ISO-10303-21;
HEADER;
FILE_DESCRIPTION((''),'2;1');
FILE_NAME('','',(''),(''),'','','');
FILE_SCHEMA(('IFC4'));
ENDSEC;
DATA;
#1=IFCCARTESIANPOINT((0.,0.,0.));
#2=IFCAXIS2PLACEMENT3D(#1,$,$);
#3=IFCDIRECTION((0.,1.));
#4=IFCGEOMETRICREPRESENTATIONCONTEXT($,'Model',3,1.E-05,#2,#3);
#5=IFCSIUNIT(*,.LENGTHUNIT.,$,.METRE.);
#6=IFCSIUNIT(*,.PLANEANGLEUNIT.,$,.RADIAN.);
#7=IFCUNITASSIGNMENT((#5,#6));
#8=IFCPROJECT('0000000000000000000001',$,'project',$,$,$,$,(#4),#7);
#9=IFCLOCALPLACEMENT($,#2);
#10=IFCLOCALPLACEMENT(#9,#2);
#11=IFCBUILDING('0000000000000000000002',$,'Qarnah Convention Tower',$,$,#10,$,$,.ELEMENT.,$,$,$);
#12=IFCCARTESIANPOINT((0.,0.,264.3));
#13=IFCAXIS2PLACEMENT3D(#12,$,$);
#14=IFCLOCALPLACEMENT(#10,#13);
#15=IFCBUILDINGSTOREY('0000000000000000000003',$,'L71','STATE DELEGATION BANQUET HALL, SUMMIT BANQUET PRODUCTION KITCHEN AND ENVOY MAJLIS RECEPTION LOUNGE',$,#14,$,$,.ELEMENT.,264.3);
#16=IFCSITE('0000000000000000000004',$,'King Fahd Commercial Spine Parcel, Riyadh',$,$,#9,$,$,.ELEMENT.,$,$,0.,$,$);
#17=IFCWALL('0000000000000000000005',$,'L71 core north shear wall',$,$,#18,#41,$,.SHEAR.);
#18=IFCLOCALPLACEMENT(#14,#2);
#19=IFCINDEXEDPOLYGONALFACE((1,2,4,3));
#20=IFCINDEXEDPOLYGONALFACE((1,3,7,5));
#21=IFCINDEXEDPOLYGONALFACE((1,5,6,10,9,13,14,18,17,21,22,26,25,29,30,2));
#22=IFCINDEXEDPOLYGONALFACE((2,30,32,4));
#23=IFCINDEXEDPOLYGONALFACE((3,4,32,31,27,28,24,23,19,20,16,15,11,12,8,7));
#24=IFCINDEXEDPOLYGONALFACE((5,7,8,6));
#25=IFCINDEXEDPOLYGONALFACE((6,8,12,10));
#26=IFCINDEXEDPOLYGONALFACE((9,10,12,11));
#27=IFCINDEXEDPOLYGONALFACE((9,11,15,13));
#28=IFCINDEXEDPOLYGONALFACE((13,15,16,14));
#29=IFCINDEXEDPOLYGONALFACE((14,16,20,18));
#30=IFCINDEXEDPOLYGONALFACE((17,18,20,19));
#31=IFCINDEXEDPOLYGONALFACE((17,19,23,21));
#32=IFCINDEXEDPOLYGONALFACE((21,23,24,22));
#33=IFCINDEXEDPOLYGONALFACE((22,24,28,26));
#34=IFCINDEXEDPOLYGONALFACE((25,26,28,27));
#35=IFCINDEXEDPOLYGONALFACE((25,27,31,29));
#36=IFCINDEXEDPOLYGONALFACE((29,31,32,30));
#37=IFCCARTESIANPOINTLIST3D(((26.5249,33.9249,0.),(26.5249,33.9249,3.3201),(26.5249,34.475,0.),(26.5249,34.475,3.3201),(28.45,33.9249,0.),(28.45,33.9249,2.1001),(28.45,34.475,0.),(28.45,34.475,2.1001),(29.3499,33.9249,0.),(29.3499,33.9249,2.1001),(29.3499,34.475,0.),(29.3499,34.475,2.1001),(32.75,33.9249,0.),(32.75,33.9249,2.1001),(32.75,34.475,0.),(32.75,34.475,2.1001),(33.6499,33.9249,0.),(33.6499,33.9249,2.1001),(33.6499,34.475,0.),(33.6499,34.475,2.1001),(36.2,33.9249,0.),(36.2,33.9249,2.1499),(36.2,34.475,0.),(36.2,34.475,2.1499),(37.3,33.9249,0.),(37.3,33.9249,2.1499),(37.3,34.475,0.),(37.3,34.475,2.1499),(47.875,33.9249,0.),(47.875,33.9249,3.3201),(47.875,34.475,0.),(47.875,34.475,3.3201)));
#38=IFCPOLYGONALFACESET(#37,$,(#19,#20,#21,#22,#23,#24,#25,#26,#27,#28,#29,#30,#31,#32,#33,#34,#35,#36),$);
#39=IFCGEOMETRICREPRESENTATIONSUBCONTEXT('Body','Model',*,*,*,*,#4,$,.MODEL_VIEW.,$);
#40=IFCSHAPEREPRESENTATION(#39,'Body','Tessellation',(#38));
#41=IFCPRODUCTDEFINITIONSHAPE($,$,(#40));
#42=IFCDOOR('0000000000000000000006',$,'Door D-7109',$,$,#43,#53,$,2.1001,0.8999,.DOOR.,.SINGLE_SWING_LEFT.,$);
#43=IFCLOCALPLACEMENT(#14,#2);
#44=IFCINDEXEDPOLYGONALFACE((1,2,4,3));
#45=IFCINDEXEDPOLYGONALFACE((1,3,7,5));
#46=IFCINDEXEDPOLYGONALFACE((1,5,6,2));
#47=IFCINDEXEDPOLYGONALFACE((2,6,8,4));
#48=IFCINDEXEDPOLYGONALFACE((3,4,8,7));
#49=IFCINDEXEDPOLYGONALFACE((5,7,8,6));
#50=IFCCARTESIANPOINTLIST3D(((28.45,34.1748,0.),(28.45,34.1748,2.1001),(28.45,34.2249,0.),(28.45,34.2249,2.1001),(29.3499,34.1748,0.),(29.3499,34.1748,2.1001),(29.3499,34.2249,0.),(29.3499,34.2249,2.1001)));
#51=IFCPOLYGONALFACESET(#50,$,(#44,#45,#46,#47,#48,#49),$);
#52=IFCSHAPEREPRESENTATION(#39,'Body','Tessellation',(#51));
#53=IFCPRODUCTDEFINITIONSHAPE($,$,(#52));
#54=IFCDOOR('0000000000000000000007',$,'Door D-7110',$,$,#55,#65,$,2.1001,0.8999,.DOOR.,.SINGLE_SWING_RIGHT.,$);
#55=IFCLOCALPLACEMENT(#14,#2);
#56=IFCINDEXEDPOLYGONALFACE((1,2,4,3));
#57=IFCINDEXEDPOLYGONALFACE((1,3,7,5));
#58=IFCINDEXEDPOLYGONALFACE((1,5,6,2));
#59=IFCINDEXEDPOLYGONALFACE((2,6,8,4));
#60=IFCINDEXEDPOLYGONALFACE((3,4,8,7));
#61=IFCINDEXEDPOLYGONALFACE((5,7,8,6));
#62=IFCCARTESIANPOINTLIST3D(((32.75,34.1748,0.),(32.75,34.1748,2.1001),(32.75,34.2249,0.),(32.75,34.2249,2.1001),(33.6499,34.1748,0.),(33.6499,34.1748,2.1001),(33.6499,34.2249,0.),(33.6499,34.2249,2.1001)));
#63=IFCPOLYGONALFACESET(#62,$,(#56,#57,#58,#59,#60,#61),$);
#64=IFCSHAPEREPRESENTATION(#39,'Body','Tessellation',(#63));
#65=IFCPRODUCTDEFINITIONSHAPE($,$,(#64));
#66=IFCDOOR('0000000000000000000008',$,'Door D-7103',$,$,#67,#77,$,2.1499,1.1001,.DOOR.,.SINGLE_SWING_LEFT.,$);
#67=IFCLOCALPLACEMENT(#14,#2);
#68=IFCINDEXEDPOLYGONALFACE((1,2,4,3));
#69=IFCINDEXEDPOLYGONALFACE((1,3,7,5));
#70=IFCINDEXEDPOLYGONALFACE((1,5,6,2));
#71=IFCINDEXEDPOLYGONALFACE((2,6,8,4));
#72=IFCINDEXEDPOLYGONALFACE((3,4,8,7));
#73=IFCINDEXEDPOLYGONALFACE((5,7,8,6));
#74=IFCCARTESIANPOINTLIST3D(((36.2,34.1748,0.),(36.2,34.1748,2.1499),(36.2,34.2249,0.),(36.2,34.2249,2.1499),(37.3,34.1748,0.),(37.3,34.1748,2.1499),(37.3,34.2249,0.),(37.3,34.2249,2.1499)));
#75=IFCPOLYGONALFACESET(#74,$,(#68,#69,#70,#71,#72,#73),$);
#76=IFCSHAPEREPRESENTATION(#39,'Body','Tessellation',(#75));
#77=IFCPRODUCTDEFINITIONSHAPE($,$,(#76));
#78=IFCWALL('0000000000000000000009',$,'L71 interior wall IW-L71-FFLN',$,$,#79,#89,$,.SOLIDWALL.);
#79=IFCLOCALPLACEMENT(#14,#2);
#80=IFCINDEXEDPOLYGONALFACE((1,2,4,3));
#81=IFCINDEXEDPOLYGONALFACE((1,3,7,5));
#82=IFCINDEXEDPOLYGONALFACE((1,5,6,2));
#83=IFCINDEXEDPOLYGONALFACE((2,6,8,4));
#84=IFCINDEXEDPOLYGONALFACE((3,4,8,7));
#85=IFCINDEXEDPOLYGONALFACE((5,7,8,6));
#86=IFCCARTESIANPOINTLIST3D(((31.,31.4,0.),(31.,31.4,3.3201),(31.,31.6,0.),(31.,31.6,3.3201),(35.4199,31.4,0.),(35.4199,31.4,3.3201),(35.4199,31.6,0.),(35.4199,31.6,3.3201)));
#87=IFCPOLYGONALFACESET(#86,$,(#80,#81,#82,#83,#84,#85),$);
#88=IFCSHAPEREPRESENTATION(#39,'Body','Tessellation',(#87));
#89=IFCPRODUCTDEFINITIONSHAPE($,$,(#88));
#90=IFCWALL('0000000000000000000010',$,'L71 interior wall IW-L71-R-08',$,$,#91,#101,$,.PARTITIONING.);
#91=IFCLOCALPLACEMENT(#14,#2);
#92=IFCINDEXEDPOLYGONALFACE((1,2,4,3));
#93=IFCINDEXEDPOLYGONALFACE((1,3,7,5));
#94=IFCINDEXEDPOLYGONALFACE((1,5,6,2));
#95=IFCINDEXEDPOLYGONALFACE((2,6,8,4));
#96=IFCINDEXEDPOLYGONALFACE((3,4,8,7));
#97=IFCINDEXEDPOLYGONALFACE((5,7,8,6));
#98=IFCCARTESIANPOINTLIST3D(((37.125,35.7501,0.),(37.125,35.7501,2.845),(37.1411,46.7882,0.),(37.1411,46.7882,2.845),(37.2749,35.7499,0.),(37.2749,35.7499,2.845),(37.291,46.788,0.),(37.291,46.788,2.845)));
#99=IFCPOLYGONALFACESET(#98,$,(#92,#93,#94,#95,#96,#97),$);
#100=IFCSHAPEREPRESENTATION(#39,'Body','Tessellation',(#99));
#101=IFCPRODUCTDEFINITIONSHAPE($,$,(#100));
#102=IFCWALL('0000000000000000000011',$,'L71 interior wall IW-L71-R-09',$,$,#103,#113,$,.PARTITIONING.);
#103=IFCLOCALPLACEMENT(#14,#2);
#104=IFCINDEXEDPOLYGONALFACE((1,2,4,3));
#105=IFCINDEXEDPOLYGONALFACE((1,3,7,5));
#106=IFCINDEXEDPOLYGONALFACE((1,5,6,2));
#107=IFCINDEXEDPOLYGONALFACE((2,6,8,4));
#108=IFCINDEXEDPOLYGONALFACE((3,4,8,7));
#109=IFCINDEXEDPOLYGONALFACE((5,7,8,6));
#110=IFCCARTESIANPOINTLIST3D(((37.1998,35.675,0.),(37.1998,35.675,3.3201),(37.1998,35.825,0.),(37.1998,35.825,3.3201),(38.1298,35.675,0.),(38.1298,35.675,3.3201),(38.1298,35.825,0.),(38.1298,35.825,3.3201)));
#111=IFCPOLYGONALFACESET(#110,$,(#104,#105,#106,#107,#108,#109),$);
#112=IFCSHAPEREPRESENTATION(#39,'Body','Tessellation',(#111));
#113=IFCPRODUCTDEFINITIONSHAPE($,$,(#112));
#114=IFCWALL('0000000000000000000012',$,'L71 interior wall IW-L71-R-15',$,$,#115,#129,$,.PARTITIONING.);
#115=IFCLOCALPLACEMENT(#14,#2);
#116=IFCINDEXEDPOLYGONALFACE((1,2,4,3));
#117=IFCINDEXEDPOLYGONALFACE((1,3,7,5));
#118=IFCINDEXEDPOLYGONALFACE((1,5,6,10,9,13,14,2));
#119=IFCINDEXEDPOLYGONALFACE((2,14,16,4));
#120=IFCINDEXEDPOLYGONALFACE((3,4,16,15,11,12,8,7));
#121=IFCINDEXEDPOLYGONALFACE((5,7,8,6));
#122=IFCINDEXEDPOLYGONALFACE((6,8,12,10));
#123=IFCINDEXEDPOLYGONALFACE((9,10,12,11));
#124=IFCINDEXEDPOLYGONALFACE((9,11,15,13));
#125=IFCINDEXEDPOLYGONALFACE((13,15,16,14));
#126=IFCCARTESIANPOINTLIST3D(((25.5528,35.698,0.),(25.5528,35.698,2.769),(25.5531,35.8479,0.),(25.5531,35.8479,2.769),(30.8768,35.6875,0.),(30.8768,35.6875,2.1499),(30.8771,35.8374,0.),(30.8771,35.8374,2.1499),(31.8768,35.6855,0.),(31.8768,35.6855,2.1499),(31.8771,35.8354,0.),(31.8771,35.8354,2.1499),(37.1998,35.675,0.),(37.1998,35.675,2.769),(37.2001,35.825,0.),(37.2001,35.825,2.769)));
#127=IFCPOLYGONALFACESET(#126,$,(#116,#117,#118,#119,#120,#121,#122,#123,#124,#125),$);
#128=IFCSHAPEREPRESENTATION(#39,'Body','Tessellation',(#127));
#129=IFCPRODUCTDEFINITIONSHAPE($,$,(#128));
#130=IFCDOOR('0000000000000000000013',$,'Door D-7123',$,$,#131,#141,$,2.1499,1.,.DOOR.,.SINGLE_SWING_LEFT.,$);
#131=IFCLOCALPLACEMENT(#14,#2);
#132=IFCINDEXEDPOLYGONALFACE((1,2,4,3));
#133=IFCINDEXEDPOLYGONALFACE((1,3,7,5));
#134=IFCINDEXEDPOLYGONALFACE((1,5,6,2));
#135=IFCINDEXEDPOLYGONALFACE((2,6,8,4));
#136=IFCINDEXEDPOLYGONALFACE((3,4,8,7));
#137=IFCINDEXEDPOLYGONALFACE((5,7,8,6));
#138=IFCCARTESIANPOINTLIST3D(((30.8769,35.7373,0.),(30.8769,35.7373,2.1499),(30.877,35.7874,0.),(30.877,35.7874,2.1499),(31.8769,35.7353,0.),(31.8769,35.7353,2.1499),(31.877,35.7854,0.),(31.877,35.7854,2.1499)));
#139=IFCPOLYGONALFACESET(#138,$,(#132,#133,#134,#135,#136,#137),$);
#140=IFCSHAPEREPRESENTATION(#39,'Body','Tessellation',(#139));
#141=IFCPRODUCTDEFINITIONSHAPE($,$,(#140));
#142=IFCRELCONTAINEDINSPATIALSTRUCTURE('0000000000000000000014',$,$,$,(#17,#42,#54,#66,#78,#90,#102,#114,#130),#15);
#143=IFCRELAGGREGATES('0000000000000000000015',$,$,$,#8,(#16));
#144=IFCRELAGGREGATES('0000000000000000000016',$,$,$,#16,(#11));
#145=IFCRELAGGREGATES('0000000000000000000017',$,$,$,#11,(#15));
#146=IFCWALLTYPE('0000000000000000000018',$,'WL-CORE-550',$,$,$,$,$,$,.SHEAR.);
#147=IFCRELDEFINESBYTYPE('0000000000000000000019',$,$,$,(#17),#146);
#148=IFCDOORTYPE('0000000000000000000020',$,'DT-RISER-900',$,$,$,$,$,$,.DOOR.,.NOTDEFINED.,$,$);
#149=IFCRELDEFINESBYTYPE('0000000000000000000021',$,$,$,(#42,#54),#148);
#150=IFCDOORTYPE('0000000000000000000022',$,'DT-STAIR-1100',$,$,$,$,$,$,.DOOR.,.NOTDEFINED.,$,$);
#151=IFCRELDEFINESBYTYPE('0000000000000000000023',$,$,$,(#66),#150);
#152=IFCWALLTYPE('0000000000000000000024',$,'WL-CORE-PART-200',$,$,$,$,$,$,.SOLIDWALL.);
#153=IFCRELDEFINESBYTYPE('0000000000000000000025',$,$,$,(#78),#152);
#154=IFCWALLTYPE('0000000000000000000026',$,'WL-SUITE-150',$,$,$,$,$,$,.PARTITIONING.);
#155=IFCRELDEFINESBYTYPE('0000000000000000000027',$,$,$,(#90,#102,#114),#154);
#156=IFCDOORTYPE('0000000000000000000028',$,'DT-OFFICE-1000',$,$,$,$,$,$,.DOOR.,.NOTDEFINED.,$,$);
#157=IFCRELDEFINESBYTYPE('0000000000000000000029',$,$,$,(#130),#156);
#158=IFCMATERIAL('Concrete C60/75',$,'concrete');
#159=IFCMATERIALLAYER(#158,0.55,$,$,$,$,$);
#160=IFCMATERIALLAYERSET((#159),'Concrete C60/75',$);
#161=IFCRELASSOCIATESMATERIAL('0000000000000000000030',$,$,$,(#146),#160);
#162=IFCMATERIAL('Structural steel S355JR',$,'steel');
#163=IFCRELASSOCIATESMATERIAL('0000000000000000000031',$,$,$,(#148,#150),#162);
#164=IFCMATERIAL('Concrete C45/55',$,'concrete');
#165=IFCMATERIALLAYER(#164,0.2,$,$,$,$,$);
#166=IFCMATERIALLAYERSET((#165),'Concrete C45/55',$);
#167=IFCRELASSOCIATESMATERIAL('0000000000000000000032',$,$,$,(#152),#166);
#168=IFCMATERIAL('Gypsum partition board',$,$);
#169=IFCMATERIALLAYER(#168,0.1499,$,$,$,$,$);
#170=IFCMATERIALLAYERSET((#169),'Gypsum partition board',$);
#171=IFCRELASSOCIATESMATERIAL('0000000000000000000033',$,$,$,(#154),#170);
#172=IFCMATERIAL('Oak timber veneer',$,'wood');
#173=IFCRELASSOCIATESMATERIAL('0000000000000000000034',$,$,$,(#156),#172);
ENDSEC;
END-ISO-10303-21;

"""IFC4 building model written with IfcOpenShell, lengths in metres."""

from ifc_helpers import new_model, si_unit, direction, frame, frame_2d, origin, place, context, subcontext, project, spatial, rectangle, extrude, material, layer, layer_set, type_object, element, fill, save


model = new_model("IFC4")

# Units and contexts
model_context = context("Model", 3, precision=1e-05, world=origin(), true_north=direction((0.0, 1.0)))
body_context = subcontext(model_context, "Body", "Model", "MODEL_VIEW")
ifc_project = project(units=[si_unit("LENGTHUNIT", "METRE"), si_unit("PLANEANGLEUNIT", "RADIAN")], contexts=[model_context])

# Site, building, storey
site_placement = place(None, origin())
site = spatial("IfcSite", under=ifc_project, at=site_placement, Name="King Fahd Commercial Spine Parcel, Riyadh", CompositionType="ELEMENT", RefElevation=0.0)
building_placement = place(site_placement, origin())
building = spatial("IfcBuilding", under=site, at=building_placement, Name="Qarnah Convention Tower", CompositionType="ELEMENT")
storey_placement = place(building_placement, frame((0.0, 0.0, 264.3)))
storey = spatial("IfcBuildingStorey", under=building, at=storey_placement, Name="L71", Description="STATE DELEGATION BANQUET HALL, SUMMIT BANQUET PRODUCTION KITCHEN AND ENVOY MAJLIS RECEPTION LOUNGE", CompositionType="ELEMENT", Elevation=264.3)

# Shared definitions
ifc_material_1 = material(Name="Structural steel S355JR", Category="steel")

# Wall, openings, doors
ifc_material_2 = material(Name="Concrete C60/75", Category="concrete")
ifc_layer_1 = layer(ifc_material_2, 0.55)
ifc_layer_set_1 = layer_set([ifc_layer_1], Name="Concrete C60/75")
wall_type_1 = type_object("IfcWallType", Name="WL-CORE-550", PredefinedType="SHEAR", material=ifc_layer_set_1)
wall_1_placement = place(storey_placement, frame((26.5249, 34.2, 0.0), z_axis=(0.0, 0.0, 1.0), x_axis=(1.0, 0.0, 0.0)))
wall_1 = element("IfcWall", 1, at=wall_1_placement, inside=storey, type_object=wall_type_1, Name="L71 core north shear wall", PredefinedType="SHEAR", context=body_context, shape_type="SweptSolid", body=[
    extrude(rectangle(XDim=21.3501, YDim=0.55, at=frame_2d((10.675, 0.0))), origin(), (0.0, 0.0, 1.0), 3.3201),
])
opening_1_placement = place(wall_1_placement, frame((9.675, 0.0, 0.0)))
opening_1 = element("IfcOpeningElement", 2, at=opening_1_placement, cuts=wall_1, PredefinedType="OPENING", context=body_context, shape_type="SweptSolid", body=[
    extrude(rectangle(XDim=1.1001, YDim=2.1499, at=frame_2d((0.55, 1.075))), frame((0.0, 0.2849, 0.0), z_axis=(0.0, -1.0, 0.0), x_axis=(1.0, 0.0, 0.0)), (0.0, 0.0, 1.0), 0.5701),
])
opening_2_placement = place(wall_1_placement, frame((1.925, 0.0, 0.0)))
opening_2 = element("IfcOpeningElement", 3, at=opening_2_placement, cuts=wall_1, PredefinedType="OPENING", context=body_context, shape_type="SweptSolid", body=[
    extrude(rectangle(XDim=0.8999, YDim=2.1001, at=frame_2d((0.45, 1.05))), frame((0.0, 0.2849, 0.0), z_axis=(0.0, -1.0, 0.0), x_axis=(1.0, 0.0, 0.0)), (0.0, 0.0, 1.0), 0.5701),
])
opening_3_placement = place(wall_1_placement, frame((6.2251, 0.0, 0.0)))
opening_3 = element("IfcOpeningElement", 4, at=opening_3_placement, cuts=wall_1, PredefinedType="OPENING", context=body_context, shape_type="SweptSolid", body=[
    extrude(rectangle(XDim=0.8999, YDim=2.1001, at=frame_2d((0.45, 1.05))), frame((0.0, 0.2849, 0.0), z_axis=(0.0, -1.0, 0.0), x_axis=(1.0, 0.0, 0.0)), (0.0, 0.0, 1.0), 0.5701),
])
door_type_1 = type_object("IfcDoorType", Name="DT-RISER-900", OperationType="NOTDEFINED", PredefinedType="DOOR", material=ifc_material_1)
door_1_placement = place(opening_2_placement, origin())
door_1 = element("IfcDoor", 5, at=door_1_placement, inside=storey, type_object=door_type_1, Name="Door D-7109", OperationType="SINGLE_SWING_LEFT", OverallHeight=2.1001, OverallWidth=0.8999, PredefinedType="DOOR", context=body_context, shape_type="SweptSolid", body=[
    extrude(rectangle(XDim=0.8999, YDim=2.1001, at=frame_2d((0.45, 1.05))), frame((0.0, 0.0249, 0.0), z_axis=(0.0, -1.0, 0.0), x_axis=(1.0, 0.0, 0.0)), (0.0, 0.0, 1.0), 0.05),
])
fill(opening_2, door_1)
door_2_placement = place(opening_3_placement, origin())
door_2 = element("IfcDoor", 6, at=door_2_placement, inside=storey, type_object=door_type_1, Name="Door D-7110", OperationType="SINGLE_SWING_RIGHT", OverallHeight=2.1001, OverallWidth=0.8999, PredefinedType="DOOR", context=body_context, shape_type="SweptSolid", body=[
    extrude(rectangle(XDim=0.8999, YDim=2.1001, at=frame_2d((0.45, 1.05))), frame((0.0, 0.0249, 0.0), z_axis=(0.0, -1.0, 0.0), x_axis=(1.0, 0.0, 0.0)), (0.0, 0.0, 1.0), 0.05),
])
fill(opening_3, door_2)
door_type_2 = type_object("IfcDoorType", Name="DT-STAIR-1100", OperationType="NOTDEFINED", PredefinedType="DOOR", material=ifc_material_1)
door_3_placement = place(opening_1_placement, origin())
door_3 = element("IfcDoor", 7, at=door_3_placement, inside=storey, type_object=door_type_2, Name="Door D-7103", OperationType="SINGLE_SWING_LEFT", OverallHeight=2.1499, OverallWidth=1.1001, PredefinedType="DOOR", context=body_context, shape_type="SweptSolid", body=[
    extrude(rectangle(XDim=1.1001, YDim=2.1499, at=frame_2d((0.55, 1.075))), frame((0.0, 0.0249, 0.0), z_axis=(0.0, -1.0, 0.0), x_axis=(1.0, 0.0, 0.0)), (0.0, 0.0, 1.0), 0.05),
])
fill(opening_1, door_3)

# Walls
ifc_material_3 = material(Name="Concrete C45/55", Category="concrete")
ifc_layer_2 = layer(ifc_material_3, 0.2)
ifc_layer_set_2 = layer_set([ifc_layer_2], Name="Concrete C45/55")
wall_type_2 = type_object("IfcWallType", Name="WL-CORE-PART-200", PredefinedType="SOLIDWALL", material=ifc_layer_set_2)
wall_2_placement = place(storey_placement, frame((31.0, 31.5, 0.0), z_axis=(0.0, 0.0, 1.0), x_axis=(1.0, 0.0, 0.0)))
element("IfcWall", 8, at=wall_2_placement, inside=storey, type_object=wall_type_2, Name="L71 interior wall IW-L71-FFLN", PredefinedType="SOLIDWALL", context=body_context, shape_type="SweptSolid", body=[
    extrude(rectangle(XDim=4.4199, YDim=0.2, at=frame_2d((2.21, 0.0))), origin(), (0.0, 0.0, 1.0), 3.3201),
])
ifc_material_4 = material(Name="Gypsum partition board")
ifc_layer_3 = layer(ifc_material_4, 0.1499)
ifc_layer_set_3 = layer_set([ifc_layer_3], Name="Gypsum partition board")
wall_type_3 = type_object("IfcWallType", Name="WL-SUITE-150", PredefinedType="PARTITIONING", material=ifc_layer_set_3)
wall_3_placement = place(storey_placement, frame((37.2161, 46.7881, 0.0), z_axis=(0.0, 0.0, 1.0), x_axis=(-0.00146, -0.999999, 0.0)))
element("IfcWall", 9, at=wall_3_placement, inside=storey, type_object=wall_type_3, Name="L71 interior wall IW-L71-R-08", PredefinedType="PARTITIONING", context=body_context, shape_type="SweptSolid", body=[
    extrude(rectangle(XDim=11.0381, YDim=0.1499, at=frame_2d((5.519, 0.0))), origin(), (0.0, 0.0, 1.0), 2.845),
])
wall_4_placement = place(storey_placement, frame((37.2, 35.75, 0.0), z_axis=(0.0, 0.0, 1.0), x_axis=(1.0, 0.0, 0.0)))
element("IfcWall", 10, at=wall_4_placement, inside=storey, type_object=wall_type_3, Name="L71 interior wall IW-L71-R-09", PredefinedType="PARTITIONING", context=body_context, shape_type="SweptSolid", body=[
    extrude(rectangle(XDim=0.9299, YDim=0.1499, at=frame_2d((0.4648, 0.0))), origin(), (0.0, 0.0, 1.0), 3.3201),
])

# Wall, opening, door
wall_5_placement = place(storey_placement, frame((25.553, 35.7729, 0.0), z_axis=(0.0, 0.0, 1.0), x_axis=(0.999998, -0.00197, 0.0)))
wall_5 = element("IfcWall", 11, at=wall_5_placement, inside=storey, type_object=wall_type_3, Name="L71 interior wall IW-L71-R-15", PredefinedType="PARTITIONING", context=body_context, shape_type="SweptSolid", body=[
    extrude(rectangle(XDim=11.647, YDim=0.1499, at=frame_2d((5.8235, 0.0))), origin(), (0.0, 0.0, 1.0), 2.769),
])
opening_4_placement = place(wall_5_placement, frame((5.324, 0.0, 0.0)))
opening_4 = element("IfcOpeningElement", 12, at=opening_4_placement, cuts=wall_5, PredefinedType="OPENING", context=body_context, shape_type="SweptSolid", body=[
    extrude(rectangle(XDim=1.0, YDim=2.1499, at=frame_2d((0.5, 1.075))), frame((0.0, 0.085, 0.0), z_axis=(0.0, -1.0, 0.0), x_axis=(1.0, 0.0, 0.0)), (0.0, 0.0, 1.0), 0.1699),
])
ifc_material_5 = material(Name="Oak timber veneer", Category="wood")
door_type_3 = type_object("IfcDoorType", Name="DT-OFFICE-1000", OperationType="NOTDEFINED", PredefinedType="DOOR", material=ifc_material_5)
door_4_placement = place(opening_4_placement, origin())
door_4 = element("IfcDoor", 13, at=door_4_placement, inside=storey, type_object=door_type_3, Name="Door D-7123", OperationType="SINGLE_SWING_LEFT", OverallHeight=2.1499, OverallWidth=1.0, PredefinedType="DOOR", context=body_context, shape_type="SweptSolid", body=[
    extrude(rectangle(XDim=1.0, YDim=2.1499, at=frame_2d((0.5, 1.075))), frame((0.0, 0.0249, 0.0), z_axis=(0.0, -1.0, 0.0), x_axis=(1.0, 0.0, 0.0)), (0.0, 0.0, 1.0), 0.05),
])
fill(opening_4, door_4)

save(model, "model.ifc")
